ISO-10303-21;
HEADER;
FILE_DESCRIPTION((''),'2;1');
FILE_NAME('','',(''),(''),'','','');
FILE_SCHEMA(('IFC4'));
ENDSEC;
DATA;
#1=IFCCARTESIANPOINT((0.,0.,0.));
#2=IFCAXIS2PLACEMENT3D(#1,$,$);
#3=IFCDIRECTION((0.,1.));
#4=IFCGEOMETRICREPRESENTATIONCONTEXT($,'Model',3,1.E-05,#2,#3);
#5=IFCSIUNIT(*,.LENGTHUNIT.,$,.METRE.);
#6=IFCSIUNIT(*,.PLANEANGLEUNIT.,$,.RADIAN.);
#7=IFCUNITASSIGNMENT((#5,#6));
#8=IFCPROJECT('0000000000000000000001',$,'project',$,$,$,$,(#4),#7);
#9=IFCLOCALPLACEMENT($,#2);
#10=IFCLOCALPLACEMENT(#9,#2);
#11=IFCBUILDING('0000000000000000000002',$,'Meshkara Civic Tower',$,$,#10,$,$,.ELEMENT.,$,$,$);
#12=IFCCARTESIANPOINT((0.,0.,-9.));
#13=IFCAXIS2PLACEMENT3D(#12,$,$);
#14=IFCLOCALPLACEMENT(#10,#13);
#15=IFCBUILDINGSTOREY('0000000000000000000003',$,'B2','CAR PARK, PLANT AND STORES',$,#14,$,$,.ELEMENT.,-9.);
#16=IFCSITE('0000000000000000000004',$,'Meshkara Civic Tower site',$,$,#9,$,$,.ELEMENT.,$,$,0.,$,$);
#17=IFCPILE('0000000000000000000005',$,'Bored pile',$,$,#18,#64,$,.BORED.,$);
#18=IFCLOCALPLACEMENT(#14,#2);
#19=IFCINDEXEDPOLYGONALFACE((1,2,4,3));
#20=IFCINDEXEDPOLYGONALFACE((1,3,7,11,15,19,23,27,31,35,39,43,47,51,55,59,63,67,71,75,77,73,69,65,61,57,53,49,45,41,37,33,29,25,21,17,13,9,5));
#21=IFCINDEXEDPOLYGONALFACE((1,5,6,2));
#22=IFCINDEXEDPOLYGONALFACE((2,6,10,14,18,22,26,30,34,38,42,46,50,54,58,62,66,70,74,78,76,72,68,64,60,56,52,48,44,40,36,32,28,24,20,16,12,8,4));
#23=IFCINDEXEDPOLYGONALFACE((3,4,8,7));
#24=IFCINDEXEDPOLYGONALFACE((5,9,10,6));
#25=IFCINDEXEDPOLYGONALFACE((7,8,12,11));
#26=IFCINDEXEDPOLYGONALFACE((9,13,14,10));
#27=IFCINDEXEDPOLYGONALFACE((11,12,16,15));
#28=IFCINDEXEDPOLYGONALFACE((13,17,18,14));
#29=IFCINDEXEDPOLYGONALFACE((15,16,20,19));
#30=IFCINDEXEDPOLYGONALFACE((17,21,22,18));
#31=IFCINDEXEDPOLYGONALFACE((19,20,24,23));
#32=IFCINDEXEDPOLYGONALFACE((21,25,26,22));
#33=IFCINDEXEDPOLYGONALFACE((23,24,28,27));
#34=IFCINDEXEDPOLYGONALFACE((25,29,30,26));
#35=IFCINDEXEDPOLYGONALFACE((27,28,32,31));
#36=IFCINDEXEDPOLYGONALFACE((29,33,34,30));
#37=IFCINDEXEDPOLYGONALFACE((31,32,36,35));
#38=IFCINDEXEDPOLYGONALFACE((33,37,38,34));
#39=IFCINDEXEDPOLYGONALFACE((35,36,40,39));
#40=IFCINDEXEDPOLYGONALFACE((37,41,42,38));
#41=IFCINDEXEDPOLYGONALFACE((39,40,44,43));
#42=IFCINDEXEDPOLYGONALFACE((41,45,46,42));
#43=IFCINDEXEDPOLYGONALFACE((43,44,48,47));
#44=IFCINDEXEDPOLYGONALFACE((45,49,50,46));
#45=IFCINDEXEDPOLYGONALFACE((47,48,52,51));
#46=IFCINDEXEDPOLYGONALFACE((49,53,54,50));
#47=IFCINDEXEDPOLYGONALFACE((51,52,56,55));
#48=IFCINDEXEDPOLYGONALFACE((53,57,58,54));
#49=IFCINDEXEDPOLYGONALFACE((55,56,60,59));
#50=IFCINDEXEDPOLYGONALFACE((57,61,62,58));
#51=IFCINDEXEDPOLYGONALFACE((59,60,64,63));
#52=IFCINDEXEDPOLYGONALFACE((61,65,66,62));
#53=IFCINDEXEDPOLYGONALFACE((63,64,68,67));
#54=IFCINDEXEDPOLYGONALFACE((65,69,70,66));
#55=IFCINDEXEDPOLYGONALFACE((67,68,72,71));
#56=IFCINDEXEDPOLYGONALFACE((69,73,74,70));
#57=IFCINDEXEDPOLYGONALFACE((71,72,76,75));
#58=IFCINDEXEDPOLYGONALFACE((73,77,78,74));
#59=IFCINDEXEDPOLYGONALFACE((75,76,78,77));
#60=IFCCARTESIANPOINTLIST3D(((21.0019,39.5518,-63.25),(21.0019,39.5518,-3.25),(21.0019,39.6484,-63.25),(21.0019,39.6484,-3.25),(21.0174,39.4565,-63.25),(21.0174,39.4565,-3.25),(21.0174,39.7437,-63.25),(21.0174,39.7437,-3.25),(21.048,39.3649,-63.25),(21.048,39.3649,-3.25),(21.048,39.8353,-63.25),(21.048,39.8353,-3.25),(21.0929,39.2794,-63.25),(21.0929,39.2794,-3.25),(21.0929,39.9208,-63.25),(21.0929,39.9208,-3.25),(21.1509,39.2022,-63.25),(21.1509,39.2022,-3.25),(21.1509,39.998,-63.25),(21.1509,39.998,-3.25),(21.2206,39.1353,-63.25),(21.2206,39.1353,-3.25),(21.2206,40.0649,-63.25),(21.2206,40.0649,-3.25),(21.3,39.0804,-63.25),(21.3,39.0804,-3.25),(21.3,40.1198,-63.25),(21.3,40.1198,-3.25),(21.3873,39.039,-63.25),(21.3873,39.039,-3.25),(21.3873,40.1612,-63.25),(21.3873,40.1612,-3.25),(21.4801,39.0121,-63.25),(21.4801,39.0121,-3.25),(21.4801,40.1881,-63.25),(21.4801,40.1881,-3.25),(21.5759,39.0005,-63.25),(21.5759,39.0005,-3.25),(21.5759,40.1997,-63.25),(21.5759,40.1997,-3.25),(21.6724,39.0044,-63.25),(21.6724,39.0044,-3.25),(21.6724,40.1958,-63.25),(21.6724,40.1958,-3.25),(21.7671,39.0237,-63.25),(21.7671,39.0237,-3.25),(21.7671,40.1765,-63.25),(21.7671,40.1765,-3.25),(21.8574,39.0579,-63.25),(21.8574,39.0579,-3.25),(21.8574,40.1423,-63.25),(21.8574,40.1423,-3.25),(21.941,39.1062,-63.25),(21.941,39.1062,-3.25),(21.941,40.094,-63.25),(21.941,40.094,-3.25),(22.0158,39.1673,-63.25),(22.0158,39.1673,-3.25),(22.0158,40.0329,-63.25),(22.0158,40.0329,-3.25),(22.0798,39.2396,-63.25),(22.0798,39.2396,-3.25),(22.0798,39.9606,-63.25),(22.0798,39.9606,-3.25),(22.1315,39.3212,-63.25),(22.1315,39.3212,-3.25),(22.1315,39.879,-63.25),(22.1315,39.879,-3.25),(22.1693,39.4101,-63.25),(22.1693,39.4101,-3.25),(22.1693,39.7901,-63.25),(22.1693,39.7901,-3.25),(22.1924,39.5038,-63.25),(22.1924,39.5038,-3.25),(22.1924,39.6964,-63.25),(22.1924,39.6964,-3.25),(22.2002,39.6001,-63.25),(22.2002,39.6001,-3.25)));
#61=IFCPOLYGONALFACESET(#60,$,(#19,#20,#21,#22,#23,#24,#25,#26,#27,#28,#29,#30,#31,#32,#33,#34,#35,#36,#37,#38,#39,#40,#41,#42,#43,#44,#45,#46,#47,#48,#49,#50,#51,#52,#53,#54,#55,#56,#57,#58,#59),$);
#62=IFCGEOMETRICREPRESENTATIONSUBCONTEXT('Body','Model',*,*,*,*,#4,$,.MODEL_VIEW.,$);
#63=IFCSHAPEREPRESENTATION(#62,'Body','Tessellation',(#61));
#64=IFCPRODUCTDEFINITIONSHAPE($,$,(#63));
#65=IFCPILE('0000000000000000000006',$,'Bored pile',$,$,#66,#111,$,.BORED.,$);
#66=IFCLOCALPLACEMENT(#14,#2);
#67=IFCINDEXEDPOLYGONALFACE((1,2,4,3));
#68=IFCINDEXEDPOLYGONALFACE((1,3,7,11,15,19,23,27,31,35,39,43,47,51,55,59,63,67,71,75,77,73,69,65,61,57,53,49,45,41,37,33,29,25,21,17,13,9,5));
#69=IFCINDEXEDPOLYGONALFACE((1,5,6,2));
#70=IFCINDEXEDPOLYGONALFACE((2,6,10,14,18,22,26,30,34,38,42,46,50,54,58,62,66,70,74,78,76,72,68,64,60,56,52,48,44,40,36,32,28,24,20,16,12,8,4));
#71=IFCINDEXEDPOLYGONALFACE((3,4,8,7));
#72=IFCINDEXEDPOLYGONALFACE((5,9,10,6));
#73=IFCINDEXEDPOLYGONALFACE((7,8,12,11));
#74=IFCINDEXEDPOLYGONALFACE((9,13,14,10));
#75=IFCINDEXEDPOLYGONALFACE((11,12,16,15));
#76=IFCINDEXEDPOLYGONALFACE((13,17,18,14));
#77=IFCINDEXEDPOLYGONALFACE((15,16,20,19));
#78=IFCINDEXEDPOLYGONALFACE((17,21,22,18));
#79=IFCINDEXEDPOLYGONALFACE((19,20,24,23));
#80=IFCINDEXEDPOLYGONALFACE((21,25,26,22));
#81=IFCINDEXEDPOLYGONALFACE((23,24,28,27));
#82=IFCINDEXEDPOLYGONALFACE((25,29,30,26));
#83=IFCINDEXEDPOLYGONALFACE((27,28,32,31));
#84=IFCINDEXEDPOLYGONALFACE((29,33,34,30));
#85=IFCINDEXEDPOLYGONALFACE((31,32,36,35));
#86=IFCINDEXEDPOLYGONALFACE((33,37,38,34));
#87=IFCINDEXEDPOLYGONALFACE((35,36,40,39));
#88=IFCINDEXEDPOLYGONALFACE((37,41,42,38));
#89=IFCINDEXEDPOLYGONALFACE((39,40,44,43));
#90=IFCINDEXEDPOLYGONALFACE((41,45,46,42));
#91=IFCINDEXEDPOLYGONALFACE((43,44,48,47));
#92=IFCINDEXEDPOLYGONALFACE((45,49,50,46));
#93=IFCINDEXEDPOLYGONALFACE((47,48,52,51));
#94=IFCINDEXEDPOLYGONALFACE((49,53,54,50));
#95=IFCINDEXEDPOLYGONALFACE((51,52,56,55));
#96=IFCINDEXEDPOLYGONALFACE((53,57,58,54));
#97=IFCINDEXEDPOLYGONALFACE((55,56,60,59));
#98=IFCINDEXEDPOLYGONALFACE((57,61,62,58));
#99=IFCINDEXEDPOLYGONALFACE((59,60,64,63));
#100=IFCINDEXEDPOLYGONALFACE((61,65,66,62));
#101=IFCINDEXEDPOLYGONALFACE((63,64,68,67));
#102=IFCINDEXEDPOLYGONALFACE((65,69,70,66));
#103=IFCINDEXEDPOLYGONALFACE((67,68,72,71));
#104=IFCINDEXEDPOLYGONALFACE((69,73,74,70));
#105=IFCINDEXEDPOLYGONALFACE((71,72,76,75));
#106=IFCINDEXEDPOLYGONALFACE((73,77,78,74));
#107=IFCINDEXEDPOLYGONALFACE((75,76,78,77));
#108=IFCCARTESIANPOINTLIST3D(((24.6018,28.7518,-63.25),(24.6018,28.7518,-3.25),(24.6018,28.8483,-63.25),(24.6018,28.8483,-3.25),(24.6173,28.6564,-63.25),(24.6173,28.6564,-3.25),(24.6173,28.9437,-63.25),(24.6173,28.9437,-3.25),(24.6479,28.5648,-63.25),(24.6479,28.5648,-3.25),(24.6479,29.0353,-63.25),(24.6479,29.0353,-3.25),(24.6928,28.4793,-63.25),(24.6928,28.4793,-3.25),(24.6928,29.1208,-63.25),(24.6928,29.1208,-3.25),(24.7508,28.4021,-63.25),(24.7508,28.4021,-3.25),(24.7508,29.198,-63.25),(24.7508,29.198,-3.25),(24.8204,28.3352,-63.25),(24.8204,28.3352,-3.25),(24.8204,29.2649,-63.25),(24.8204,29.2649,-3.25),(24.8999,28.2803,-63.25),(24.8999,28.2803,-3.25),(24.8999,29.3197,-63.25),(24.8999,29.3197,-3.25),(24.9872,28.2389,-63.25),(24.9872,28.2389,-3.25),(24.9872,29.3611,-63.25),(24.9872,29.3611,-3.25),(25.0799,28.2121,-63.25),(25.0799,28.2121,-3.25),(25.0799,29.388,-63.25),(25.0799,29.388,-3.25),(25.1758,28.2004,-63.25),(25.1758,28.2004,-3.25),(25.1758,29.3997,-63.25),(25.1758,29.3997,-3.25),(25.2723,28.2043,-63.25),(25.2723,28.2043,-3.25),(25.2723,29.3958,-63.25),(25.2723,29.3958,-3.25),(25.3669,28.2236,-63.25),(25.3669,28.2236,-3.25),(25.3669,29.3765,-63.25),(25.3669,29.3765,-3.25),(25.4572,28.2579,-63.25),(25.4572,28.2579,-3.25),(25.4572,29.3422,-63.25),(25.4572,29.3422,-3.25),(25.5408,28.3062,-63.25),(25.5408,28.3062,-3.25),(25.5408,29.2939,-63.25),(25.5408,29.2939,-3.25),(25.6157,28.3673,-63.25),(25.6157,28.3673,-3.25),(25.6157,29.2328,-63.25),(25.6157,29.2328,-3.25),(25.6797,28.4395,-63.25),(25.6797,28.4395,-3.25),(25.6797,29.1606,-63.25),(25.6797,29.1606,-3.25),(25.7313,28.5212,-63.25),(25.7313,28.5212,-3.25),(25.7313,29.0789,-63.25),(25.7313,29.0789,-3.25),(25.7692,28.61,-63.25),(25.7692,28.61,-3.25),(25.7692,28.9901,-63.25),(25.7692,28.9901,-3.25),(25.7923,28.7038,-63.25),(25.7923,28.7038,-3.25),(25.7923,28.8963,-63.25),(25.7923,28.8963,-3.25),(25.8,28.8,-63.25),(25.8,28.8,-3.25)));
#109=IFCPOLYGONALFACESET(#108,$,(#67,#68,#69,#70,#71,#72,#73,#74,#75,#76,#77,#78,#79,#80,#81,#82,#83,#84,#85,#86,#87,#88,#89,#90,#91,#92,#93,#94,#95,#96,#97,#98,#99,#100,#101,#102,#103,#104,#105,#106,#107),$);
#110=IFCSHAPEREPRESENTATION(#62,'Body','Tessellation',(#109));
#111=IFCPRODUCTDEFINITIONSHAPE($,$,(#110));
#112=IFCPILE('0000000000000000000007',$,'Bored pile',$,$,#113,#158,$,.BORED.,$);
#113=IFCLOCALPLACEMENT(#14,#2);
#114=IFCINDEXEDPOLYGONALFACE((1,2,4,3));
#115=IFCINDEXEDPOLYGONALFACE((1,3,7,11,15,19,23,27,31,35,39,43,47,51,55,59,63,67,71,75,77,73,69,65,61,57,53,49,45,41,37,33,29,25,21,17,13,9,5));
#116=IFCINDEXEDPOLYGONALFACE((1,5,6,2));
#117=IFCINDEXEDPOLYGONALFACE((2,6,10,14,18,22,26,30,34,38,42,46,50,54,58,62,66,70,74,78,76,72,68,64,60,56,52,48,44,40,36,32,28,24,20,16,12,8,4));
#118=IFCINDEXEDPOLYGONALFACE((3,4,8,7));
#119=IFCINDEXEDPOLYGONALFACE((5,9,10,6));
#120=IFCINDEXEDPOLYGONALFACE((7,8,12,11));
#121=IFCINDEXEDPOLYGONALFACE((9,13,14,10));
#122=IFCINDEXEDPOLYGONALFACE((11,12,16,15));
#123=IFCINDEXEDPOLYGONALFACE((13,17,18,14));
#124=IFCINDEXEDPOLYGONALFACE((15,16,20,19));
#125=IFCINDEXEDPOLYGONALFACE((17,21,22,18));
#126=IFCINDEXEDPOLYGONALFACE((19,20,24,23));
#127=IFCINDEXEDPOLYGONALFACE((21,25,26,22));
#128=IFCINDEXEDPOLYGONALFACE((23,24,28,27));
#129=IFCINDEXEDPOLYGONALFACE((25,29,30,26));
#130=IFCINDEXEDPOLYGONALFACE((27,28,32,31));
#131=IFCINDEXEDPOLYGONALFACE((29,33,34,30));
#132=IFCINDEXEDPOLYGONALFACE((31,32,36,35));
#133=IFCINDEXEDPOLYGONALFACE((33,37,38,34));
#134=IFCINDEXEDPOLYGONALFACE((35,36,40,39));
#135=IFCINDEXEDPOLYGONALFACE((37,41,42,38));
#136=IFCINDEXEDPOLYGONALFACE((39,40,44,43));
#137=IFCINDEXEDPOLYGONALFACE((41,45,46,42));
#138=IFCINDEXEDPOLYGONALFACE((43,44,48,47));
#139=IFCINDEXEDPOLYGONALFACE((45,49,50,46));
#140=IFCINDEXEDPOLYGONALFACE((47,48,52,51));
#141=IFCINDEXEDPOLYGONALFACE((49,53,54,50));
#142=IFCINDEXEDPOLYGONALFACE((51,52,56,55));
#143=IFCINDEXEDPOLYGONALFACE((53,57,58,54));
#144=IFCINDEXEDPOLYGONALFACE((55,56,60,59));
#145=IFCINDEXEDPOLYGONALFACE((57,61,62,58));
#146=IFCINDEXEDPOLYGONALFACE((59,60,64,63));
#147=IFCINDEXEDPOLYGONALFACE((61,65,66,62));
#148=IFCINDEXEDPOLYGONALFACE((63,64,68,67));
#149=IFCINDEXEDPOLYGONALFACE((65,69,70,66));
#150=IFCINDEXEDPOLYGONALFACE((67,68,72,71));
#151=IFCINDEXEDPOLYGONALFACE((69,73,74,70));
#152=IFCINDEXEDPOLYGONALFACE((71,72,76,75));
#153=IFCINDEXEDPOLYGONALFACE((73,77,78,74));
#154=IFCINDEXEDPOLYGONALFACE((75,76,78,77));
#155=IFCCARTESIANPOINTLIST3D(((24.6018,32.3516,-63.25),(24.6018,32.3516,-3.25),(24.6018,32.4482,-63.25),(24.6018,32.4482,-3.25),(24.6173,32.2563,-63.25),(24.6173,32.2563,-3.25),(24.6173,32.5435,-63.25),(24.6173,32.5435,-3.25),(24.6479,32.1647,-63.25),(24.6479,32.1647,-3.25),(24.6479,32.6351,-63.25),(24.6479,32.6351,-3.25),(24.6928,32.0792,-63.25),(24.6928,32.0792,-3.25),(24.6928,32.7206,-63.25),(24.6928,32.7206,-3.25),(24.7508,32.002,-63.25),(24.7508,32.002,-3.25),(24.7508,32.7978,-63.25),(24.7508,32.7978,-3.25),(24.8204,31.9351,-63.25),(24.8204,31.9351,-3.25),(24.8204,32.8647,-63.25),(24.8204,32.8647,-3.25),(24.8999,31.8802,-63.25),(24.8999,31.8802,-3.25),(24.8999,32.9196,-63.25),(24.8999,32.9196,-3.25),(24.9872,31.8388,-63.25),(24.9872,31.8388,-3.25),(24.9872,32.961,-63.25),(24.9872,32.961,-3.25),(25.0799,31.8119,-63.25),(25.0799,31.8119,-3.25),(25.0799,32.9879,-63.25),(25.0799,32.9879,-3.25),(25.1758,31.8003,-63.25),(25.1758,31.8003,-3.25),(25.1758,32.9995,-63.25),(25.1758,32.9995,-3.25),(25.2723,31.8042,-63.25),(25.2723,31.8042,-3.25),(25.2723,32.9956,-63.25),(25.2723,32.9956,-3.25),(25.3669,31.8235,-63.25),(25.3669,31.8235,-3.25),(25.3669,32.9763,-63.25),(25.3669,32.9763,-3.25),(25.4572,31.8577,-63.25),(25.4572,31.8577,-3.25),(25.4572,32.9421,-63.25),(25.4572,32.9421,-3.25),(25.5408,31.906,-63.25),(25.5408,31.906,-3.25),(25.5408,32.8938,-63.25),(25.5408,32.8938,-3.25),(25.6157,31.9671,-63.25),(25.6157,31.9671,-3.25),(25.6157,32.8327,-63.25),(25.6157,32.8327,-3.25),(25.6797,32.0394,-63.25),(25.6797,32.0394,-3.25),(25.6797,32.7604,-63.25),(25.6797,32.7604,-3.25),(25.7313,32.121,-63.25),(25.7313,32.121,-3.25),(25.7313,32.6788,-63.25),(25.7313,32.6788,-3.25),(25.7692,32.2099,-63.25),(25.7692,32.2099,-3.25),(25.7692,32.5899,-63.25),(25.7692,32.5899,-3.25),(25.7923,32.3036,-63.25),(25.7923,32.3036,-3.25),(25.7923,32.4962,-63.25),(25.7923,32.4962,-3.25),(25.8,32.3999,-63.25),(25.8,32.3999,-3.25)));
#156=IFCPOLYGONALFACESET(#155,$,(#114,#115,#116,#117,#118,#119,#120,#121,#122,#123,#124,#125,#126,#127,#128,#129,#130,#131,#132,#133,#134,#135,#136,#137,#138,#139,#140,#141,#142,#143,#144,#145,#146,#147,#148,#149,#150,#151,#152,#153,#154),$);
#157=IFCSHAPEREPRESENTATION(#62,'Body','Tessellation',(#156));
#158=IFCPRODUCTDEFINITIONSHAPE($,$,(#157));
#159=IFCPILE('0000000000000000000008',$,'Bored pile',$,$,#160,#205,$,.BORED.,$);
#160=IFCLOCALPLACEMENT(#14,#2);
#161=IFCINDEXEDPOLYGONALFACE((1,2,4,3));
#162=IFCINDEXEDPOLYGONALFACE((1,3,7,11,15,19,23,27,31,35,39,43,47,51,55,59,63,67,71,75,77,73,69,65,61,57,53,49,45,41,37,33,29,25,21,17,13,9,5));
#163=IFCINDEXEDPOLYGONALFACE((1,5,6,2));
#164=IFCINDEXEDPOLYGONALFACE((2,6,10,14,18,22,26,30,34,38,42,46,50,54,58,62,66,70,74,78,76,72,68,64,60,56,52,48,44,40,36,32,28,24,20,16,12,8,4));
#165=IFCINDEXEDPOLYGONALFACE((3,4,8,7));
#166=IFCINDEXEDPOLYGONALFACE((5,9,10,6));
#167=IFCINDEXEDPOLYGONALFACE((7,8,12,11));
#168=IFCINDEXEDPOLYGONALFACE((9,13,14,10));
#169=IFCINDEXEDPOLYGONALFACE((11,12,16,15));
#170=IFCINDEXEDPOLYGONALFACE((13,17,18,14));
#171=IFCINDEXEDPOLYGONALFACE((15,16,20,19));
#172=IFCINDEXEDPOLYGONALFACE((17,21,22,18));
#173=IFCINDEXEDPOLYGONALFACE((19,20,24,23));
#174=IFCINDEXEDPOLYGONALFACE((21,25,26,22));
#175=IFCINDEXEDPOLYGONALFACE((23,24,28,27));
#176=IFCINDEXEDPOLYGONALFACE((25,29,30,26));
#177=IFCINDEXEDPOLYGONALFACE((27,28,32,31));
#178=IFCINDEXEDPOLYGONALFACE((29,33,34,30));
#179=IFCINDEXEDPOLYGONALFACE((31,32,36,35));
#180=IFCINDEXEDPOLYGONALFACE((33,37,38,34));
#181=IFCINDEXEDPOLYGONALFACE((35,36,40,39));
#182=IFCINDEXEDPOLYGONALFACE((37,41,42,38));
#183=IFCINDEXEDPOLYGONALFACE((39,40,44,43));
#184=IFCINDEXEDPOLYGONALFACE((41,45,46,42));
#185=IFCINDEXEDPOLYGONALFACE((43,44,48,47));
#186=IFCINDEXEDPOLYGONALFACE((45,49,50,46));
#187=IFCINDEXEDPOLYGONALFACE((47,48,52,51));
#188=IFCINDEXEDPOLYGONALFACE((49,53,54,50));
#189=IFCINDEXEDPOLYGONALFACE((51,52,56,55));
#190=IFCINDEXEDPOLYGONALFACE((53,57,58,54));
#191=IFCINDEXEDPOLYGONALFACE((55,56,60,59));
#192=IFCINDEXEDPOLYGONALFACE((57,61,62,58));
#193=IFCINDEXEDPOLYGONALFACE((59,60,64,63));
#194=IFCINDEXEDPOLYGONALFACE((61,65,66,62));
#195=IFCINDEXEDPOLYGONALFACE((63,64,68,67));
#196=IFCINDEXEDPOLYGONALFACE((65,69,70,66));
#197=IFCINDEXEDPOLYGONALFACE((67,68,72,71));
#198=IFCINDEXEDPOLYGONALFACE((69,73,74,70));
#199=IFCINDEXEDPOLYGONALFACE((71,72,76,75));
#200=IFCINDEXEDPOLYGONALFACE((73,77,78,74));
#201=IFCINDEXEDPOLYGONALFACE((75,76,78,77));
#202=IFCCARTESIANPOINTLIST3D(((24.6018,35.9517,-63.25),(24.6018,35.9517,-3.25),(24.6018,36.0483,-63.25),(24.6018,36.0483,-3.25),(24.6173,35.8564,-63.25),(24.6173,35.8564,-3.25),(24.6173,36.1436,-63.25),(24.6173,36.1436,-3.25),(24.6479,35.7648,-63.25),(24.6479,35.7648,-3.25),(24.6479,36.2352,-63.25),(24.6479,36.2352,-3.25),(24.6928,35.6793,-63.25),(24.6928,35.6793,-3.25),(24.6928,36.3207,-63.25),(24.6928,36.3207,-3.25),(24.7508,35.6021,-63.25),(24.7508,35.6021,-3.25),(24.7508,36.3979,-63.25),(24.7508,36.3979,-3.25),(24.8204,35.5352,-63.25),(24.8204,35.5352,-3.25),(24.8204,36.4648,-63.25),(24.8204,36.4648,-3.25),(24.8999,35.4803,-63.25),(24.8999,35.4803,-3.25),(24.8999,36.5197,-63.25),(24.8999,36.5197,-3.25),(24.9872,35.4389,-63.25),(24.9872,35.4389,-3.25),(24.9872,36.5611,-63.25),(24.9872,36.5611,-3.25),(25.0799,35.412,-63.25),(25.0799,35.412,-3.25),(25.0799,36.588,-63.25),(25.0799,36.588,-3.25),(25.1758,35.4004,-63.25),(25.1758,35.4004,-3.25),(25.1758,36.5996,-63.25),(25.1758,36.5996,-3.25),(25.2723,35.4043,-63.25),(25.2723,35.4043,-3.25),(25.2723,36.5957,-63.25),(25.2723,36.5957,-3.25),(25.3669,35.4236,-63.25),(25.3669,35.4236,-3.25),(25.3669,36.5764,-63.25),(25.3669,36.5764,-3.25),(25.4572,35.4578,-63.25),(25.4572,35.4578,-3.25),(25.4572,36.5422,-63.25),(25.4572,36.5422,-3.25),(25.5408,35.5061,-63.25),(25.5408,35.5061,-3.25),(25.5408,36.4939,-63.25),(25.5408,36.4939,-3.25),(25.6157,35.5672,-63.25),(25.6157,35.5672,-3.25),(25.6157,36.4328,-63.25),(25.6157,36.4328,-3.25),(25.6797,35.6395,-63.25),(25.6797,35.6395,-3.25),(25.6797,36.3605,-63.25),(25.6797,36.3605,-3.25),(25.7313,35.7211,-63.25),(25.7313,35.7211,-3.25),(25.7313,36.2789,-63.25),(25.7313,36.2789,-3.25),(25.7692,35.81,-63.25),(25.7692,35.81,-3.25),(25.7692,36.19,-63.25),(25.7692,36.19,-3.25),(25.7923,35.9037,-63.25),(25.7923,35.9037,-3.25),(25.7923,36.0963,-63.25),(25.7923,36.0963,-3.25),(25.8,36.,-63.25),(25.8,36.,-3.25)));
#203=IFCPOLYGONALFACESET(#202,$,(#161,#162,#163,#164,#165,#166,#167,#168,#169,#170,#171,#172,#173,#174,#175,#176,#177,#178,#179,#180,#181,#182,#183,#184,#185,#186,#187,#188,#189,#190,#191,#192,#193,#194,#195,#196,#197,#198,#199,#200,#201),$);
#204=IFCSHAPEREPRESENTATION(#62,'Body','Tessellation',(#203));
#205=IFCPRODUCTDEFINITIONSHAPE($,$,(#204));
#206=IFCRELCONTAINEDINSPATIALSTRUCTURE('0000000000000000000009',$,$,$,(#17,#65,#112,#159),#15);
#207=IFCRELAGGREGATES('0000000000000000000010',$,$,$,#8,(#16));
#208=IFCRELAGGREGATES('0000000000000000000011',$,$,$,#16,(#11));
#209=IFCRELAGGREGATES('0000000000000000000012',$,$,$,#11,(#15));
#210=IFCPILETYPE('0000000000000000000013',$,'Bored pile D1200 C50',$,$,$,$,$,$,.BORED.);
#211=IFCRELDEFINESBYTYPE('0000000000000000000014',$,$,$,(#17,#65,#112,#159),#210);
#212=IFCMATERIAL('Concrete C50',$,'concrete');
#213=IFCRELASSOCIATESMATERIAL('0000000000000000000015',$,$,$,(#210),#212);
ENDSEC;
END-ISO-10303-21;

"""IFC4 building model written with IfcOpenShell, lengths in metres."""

from ifc_helpers import new_model, si_unit, direction, frame, origin, origin_2d, place, context, subcontext, project, spatial, circle, extrude, material, material_profile, profile_set, type_object, element, save


model = new_model("IFC4")

# Units and contexts
model_context = context("Model", 3, precision=1e-05, world=origin(), true_north=direction((0.0, 1.0)))
body_context = subcontext(model_context, "Body", "Model", "MODEL_VIEW")
ifc_project = project(units=[si_unit("LENGTHUNIT", "METRE"), si_unit("PLANEANGLEUNIT", "RADIAN")], contexts=[model_context])

# Site, building, storey
site_placement = place(None, origin())
site = spatial("IfcSite", under=ifc_project, at=site_placement, Name="Meshkara Civic Tower site", CompositionType="ELEMENT", RefElevation=0.0)
building_placement = place(site_placement, origin())
building = spatial("IfcBuilding", under=site, at=building_placement, Name="Meshkara Civic Tower", CompositionType="ELEMENT")
storey_placement = place(building_placement, frame((0.0, 0.0, -9.0)))
storey = spatial("IfcBuildingStorey", under=building, at=storey_placement, Name="B2", Description="CAR PARK, PLANT AND STORES", CompositionType="ELEMENT", Elevation=-9.0)

# Piles
ifc_material_1 = material(Name="Concrete C50", Category="concrete")
ifc_material_profile_1 = material_profile(ifc_material_1, circle(Radius=0.6001, at=origin_2d()))
ifc_profile_set_1 = profile_set([ifc_material_profile_1], Name="Concrete C50")
pile_type = type_object("IfcPileType", Name="Bored pile D1200 C50", PredefinedType="BORED", material=ifc_profile_set_1)
for number, where, z_axis, x_axis, name in (
    (1, (21.6001, 39.6001, -3.25), (0.0, 0.0, -1.0), (1.0, 0.0, 0.0), "Bored pile"),
    (2, (25.2, 28.8, -3.25), (0.0, 0.0, -1.0), (1.0, 0.0, 0.0), "Bored pile"),
    (3, (25.2, 32.3999, -3.25), (0.0, 0.0, -1.0), (1.0, 0.0, 0.0), "Bored pile"),
    (4, (25.2, 36.0, -3.25), (0.0, 0.0, -1.0), (1.0, 0.0, 0.0), "Bored pile"),
):
    element("IfcPile", number, at=place(storey_placement, frame(where, z_axis=z_axis, x_axis=x_axis)), inside=storey, type_object=pile_type, Name=name, PredefinedType="BORED", context=body_context, shape_type="SweptSolid", body=[
        extrude(circle(Radius=0.6001, at=origin_2d()), origin(), (0.0, 0.0, 1.0), 60.0),
    ])

save(model, "model.ifc")
